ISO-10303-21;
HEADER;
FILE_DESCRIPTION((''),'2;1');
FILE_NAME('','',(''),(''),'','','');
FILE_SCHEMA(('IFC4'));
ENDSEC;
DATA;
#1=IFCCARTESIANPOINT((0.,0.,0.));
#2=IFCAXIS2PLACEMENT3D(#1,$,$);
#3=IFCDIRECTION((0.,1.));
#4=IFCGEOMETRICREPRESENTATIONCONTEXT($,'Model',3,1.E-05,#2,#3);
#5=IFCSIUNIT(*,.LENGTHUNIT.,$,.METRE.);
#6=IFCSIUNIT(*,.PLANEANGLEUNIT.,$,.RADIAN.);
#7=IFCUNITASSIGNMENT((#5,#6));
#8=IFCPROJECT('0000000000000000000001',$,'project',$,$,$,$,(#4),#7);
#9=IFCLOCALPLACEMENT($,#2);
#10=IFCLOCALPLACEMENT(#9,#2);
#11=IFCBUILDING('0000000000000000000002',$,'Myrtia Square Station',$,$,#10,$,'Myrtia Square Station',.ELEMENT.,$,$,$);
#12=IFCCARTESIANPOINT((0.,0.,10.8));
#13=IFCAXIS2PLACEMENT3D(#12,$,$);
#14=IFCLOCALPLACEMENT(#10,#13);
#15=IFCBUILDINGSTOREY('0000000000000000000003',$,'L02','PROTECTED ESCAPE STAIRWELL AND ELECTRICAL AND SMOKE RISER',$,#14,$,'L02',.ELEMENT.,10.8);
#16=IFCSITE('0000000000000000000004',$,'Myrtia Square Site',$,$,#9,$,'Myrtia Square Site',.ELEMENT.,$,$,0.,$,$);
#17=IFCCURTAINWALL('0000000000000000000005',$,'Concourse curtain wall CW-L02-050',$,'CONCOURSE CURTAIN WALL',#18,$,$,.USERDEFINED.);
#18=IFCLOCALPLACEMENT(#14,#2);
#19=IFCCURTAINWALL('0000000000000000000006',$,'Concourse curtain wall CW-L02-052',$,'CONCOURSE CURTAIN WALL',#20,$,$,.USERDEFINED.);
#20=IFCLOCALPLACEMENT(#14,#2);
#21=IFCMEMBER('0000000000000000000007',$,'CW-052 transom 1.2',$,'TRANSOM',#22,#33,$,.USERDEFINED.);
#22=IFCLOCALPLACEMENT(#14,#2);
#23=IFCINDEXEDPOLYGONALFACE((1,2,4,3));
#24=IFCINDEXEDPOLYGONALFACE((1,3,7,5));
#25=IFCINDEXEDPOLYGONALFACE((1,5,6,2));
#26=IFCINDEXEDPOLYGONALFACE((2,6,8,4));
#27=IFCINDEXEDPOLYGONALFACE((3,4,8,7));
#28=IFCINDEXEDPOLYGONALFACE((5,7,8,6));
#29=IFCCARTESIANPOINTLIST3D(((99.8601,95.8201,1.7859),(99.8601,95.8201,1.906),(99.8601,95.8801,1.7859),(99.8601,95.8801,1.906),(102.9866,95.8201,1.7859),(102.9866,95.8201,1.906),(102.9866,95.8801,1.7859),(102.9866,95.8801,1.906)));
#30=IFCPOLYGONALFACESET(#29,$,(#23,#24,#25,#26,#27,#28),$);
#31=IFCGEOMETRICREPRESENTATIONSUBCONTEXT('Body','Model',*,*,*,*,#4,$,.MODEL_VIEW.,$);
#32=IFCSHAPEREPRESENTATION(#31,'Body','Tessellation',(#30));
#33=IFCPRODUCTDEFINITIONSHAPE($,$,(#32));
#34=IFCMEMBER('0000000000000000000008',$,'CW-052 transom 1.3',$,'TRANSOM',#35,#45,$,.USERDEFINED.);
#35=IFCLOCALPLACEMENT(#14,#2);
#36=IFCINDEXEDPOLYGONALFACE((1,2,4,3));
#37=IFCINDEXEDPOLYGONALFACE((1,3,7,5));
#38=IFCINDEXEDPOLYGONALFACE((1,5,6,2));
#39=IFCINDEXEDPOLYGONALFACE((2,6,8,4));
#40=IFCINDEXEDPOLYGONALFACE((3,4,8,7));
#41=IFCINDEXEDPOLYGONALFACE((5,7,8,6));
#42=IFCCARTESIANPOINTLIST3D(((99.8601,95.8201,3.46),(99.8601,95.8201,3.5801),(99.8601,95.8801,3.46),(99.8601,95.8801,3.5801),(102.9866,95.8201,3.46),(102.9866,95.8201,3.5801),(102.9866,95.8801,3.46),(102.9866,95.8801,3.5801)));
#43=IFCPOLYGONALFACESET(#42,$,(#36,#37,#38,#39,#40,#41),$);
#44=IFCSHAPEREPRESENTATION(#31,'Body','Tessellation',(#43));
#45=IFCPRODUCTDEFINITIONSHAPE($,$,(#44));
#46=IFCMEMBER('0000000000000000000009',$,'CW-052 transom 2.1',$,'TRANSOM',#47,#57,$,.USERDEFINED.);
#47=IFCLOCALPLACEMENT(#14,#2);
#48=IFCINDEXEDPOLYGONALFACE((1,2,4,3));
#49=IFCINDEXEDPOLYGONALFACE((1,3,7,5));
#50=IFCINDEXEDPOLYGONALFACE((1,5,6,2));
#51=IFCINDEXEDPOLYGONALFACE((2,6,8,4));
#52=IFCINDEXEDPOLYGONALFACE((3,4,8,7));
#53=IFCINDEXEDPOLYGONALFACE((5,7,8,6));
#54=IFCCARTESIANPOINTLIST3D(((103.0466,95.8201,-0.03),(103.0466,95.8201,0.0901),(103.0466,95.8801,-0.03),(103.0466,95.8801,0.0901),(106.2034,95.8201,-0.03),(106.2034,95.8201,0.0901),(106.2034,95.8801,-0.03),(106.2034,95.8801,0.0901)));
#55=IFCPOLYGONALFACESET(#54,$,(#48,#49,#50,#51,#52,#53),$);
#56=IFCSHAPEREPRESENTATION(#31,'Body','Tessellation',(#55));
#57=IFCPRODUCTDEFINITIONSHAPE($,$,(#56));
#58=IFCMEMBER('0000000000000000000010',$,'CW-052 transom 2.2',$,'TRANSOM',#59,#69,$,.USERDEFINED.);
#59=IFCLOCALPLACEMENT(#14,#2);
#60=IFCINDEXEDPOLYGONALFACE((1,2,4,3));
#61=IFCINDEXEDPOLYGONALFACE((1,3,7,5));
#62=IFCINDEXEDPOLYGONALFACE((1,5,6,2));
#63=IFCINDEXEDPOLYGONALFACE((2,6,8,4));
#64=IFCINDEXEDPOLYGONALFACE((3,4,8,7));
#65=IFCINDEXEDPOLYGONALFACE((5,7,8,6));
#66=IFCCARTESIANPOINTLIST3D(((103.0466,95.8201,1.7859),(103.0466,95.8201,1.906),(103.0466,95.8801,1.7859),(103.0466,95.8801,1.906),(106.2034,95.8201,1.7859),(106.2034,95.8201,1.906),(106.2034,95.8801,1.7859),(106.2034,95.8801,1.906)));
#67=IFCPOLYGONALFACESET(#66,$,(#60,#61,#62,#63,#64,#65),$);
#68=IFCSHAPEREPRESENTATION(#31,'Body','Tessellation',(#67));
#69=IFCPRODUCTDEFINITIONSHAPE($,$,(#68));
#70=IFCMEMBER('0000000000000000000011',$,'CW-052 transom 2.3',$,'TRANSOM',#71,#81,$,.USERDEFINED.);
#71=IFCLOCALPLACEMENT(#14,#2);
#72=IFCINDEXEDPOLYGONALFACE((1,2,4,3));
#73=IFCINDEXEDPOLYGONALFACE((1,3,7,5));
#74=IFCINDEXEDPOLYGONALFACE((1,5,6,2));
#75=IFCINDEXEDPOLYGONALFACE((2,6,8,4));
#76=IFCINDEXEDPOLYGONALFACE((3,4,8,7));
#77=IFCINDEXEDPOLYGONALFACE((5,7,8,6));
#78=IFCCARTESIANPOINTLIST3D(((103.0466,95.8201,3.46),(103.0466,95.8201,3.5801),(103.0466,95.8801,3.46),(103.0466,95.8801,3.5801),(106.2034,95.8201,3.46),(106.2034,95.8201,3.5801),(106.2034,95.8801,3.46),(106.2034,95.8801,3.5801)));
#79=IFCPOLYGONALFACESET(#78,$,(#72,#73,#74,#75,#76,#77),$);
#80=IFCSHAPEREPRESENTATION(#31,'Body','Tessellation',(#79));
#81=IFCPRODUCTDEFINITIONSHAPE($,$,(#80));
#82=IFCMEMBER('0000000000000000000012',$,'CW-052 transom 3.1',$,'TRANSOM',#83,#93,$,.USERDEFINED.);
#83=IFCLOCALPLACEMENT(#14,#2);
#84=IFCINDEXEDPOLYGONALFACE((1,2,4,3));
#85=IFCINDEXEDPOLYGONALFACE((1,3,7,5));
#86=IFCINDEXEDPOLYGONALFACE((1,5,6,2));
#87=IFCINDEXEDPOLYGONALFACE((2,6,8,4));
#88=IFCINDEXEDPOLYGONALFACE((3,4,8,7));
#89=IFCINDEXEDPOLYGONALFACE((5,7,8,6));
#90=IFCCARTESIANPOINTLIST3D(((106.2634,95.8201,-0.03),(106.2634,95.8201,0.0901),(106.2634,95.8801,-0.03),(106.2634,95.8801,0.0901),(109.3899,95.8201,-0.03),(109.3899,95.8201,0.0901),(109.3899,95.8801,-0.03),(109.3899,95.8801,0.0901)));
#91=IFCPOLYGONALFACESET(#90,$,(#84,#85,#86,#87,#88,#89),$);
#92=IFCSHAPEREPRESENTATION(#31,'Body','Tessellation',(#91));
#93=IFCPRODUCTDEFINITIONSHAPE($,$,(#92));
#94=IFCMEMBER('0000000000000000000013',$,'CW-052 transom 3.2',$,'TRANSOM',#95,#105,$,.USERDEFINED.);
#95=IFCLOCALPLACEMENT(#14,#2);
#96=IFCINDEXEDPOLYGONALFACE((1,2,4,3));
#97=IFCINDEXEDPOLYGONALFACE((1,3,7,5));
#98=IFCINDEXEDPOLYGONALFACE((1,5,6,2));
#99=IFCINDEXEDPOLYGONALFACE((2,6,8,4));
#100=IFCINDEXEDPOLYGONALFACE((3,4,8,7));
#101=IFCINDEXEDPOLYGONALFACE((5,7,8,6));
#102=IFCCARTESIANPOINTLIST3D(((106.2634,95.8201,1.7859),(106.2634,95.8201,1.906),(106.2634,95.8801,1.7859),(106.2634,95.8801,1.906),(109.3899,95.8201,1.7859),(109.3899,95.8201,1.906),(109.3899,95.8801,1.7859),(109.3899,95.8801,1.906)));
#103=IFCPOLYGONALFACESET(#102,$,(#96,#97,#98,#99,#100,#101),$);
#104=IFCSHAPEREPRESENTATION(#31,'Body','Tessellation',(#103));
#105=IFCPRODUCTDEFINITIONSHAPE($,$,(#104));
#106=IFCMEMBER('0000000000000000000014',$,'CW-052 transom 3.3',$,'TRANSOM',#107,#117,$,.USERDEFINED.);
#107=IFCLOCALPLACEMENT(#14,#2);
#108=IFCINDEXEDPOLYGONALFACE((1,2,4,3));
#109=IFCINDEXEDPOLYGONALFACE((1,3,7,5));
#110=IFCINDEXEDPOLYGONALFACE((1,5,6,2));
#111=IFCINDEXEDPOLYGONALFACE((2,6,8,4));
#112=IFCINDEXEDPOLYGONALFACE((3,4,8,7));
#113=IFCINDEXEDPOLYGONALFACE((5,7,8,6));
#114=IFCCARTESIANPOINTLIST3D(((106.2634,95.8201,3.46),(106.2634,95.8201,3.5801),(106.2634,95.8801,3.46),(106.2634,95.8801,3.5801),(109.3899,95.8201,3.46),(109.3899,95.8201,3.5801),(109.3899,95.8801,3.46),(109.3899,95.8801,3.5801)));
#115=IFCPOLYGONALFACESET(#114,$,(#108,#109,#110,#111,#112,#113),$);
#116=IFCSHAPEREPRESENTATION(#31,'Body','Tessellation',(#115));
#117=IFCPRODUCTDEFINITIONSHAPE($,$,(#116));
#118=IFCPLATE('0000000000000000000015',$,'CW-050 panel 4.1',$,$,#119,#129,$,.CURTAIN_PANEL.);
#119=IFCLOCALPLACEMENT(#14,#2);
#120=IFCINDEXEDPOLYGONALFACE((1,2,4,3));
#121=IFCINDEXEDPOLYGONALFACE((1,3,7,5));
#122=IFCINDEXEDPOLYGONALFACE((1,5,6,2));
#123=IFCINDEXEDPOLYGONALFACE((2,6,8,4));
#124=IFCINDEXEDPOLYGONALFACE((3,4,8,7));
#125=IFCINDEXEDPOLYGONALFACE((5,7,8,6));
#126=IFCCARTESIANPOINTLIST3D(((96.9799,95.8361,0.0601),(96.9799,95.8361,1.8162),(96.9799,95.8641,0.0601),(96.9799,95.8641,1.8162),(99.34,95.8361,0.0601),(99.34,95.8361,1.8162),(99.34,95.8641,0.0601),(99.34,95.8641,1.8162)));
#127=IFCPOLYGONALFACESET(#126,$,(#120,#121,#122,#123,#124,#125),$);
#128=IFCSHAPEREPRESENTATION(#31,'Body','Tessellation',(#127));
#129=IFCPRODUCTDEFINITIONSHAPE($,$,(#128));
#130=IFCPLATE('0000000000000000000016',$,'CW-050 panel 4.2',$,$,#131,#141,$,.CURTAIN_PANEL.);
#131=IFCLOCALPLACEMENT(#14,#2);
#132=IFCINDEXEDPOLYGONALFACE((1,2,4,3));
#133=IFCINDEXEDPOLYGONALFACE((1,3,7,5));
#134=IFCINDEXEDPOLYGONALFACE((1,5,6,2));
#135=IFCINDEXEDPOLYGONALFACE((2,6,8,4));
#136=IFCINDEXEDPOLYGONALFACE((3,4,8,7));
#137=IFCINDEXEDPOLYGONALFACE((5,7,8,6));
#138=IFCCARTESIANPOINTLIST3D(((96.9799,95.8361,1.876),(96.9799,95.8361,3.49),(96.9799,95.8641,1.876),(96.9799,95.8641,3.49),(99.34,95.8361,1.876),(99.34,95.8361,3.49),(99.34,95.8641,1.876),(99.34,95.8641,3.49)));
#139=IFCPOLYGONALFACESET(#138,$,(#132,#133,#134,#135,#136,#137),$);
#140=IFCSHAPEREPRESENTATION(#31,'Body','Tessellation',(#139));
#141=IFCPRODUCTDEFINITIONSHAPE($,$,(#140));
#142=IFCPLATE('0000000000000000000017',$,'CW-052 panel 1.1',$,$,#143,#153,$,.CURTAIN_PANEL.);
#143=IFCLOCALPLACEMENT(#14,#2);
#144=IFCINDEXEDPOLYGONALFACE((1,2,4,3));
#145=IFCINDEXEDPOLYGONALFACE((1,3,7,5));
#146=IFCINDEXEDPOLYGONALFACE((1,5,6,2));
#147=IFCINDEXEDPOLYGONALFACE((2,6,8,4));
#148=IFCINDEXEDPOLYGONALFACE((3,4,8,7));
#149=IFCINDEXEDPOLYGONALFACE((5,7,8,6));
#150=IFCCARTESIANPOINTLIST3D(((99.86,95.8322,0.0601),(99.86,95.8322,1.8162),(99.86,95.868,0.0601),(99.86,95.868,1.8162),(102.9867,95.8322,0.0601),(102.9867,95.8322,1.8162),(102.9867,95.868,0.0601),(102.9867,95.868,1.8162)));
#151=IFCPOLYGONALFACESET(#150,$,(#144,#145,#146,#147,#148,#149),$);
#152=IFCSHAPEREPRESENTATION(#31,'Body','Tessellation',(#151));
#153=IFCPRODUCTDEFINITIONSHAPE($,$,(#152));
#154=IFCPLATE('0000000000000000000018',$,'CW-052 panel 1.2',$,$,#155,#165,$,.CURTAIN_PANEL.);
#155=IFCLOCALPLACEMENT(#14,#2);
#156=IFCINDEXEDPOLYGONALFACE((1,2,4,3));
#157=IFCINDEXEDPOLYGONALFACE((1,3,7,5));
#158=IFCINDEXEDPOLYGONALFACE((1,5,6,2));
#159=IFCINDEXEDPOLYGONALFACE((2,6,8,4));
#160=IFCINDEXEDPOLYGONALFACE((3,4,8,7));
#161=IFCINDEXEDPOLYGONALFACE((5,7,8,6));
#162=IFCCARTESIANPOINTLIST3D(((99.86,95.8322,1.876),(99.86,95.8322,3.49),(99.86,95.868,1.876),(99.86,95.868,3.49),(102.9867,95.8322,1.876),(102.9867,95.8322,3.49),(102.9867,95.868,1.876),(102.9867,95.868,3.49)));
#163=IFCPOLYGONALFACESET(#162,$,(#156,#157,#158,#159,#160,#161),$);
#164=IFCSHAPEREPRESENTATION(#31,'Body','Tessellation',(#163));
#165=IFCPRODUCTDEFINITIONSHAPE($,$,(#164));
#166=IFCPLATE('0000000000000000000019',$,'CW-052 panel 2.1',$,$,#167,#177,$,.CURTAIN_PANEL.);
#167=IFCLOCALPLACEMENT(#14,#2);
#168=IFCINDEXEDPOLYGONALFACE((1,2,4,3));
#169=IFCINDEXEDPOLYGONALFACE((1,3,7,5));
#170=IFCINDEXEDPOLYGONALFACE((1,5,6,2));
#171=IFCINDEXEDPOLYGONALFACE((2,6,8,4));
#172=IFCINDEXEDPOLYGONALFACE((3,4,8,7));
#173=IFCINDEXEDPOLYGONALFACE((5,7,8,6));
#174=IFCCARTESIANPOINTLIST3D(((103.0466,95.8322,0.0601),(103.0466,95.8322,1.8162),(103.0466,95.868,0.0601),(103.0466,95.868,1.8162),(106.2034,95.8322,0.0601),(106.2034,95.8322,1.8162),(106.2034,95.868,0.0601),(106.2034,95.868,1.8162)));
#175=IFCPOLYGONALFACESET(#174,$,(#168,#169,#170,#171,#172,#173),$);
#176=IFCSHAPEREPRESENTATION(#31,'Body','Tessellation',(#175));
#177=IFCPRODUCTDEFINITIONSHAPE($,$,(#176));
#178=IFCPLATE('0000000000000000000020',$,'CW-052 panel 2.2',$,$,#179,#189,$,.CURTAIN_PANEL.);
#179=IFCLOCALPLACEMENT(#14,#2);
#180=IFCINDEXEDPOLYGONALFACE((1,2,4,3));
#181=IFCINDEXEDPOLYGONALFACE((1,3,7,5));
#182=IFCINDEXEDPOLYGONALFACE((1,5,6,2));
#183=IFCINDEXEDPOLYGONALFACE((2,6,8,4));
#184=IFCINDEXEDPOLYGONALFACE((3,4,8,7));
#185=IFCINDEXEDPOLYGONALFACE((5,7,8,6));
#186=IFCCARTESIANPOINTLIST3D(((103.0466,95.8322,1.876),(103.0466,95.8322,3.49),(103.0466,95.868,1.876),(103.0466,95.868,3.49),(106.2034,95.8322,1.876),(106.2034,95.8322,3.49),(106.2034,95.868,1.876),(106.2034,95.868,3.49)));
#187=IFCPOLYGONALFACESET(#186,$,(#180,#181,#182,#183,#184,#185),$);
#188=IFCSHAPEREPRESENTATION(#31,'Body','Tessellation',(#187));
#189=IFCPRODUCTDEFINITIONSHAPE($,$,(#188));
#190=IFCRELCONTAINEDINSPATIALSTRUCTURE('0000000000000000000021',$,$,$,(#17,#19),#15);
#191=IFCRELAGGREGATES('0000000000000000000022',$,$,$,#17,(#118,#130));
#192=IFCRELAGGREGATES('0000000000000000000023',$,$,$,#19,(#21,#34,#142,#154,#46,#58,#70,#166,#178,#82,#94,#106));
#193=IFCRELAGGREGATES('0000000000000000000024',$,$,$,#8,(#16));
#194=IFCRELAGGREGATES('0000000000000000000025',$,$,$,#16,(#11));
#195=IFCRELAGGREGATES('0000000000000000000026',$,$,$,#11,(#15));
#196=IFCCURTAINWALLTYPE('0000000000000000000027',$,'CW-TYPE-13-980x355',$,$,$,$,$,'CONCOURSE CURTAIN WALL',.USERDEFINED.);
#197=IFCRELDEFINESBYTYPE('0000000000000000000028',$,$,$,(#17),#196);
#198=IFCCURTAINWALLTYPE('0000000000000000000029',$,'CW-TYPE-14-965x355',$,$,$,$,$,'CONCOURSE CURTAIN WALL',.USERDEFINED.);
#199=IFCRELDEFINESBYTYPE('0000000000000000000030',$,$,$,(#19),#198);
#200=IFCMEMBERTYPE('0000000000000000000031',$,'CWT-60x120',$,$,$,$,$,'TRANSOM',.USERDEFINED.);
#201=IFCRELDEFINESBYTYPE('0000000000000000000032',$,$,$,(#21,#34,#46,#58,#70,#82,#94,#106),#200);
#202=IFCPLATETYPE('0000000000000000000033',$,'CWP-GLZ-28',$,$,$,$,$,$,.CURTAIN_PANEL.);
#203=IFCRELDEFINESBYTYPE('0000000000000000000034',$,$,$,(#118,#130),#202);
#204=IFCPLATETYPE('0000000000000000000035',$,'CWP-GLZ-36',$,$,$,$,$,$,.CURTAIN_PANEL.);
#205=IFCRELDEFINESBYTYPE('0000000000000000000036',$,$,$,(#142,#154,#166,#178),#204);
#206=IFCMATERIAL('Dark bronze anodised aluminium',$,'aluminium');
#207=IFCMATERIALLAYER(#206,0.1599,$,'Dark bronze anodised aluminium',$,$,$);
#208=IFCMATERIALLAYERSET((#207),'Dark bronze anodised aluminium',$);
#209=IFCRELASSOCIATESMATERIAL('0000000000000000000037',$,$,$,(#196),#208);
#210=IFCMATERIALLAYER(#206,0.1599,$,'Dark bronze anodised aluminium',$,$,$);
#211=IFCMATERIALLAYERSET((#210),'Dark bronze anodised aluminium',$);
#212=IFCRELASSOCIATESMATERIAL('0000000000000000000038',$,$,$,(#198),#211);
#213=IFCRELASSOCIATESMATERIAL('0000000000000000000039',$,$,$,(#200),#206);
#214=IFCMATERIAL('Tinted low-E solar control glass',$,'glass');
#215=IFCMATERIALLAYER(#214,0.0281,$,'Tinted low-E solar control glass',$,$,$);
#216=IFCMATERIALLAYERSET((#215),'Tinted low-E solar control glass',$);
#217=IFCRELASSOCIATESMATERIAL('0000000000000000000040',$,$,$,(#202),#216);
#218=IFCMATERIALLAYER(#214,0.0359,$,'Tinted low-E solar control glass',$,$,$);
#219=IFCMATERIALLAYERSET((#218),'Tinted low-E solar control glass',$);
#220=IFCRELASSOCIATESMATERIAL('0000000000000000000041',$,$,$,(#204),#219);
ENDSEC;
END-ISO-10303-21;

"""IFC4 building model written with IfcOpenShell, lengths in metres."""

from ifc_helpers import new_model, si_unit, direction, frame, origin, origin_2d, place, context, subcontext, project, spatial, rectangle, extrude, material, layer, layer_set, material_profile, profile_set, type_object, element, aggregate, save


model = new_model("IFC4")

# Units and contexts
model_context = context("Model", 3, precision=1e-05, world=origin(), true_north=direction((0.0, 1.0)))
body_context = subcontext(model_context, "Body", "Model", "MODEL_VIEW")
ifc_project = project(units=[si_unit("LENGTHUNIT", "METRE"), si_unit("PLANEANGLEUNIT", "RADIAN")], contexts=[model_context])

# Site, building, storey
site_placement = place(None, origin())
site = spatial("IfcSite", under=ifc_project, at=site_placement, Name="Myrtia Square Site", LongName="Myrtia Square Site", CompositionType="ELEMENT", RefElevation=0.0)
building_placement = place(site_placement, origin())
building = spatial("IfcBuilding", under=site, at=building_placement, Name="Myrtia Square Station", LongName="Myrtia Square Station", CompositionType="ELEMENT")
storey_placement = place(building_placement, frame((0.0, 0.0, 10.8)))
storey = spatial("IfcBuildingStorey", under=building, at=storey_placement, Name="L02", Description="PROTECTED ESCAPE STAIRWELL AND ELECTRICAL AND SMOKE RISER", LongName="L02", CompositionType="ELEMENT", Elevation=10.8)

# Curtain wall
ifc_material_1 = material(Name="Dark bronze anodised aluminium", Category="aluminium")
ifc_layer_1 = layer(ifc_material_1, 0.1599, Name="Dark bronze anodised aluminium")
ifc_layer_set_1 = layer_set([ifc_layer_1], Name="Dark bronze anodised aluminium")
curtain_wall_type_1 = type_object("IfcCurtainWallType", Name="CW-TYPE-13-980x355", ElementType="CONCOURSE CURTAIN WALL", PredefinedType="USERDEFINED", material=ifc_layer_set_1)
curtain_wall_1_placement = place(storey_placement, origin())
curtain_wall_1 = element("IfcCurtainWall", 1, at=curtain_wall_1_placement, inside=storey, type_object=curtain_wall_type_1, Name="Concourse curtain wall CW-L02-050", ObjectType="CONCOURSE CURTAIN WALL", PredefinedType="USERDEFINED")

# Curtain wall
ifc_layer_2 = layer(ifc_material_1, 0.1599, Name="Dark bronze anodised aluminium")
ifc_layer_set_2 = layer_set([ifc_layer_2], Name="Dark bronze anodised aluminium")
curtain_wall_type_2 = type_object("IfcCurtainWallType", Name="CW-TYPE-14-965x355", ElementType="CONCOURSE CURTAIN WALL", PredefinedType="USERDEFINED", material=ifc_layer_set_2)
curtain_wall_2_placement = place(storey_placement, origin())
curtain_wall_2 = element("IfcCurtainWall", 2, at=curtain_wall_2_placement, inside=storey, type_object=curtain_wall_type_2, Name="Concourse curtain wall CW-L02-052", ObjectType="CONCOURSE CURTAIN WALL", PredefinedType="USERDEFINED")

# Members
ifc_material_profile_1 = material_profile(ifc_material_1, rectangle(XDim=0.0601, YDim=0.1201, at=origin_2d()), Name="ALU-T 60x120")
ifc_profile_set_1 = profile_set([ifc_material_profile_1], Name="Dark bronze anodised aluminium")
member_type_1 = type_object("IfcMemberType", Name="CWT-60x120", ElementType="TRANSOM", PredefinedType="USERDEFINED", material=ifc_profile_set_1)
member_1_placement = place(storey_placement, frame((99.8601, 95.8501, 1.8459), z_axis=(1.0, 0.0, 0.0), x_axis=(0.0, 1.0, 0.0)))
member_1 = element("IfcMember", 3, at=member_1_placement, type_object=member_type_1, Name="CW-052 transom 1.2", ObjectType="TRANSOM", PredefinedType="USERDEFINED", context=body_context, shape_type="SweptSolid", body=[
    extrude(rectangle(XDim=0.0601, YDim=0.1201, at=origin_2d()), origin(), (0.0, 0.0, 1.0), 3.1265),
])
member_2_placement = place(storey_placement, frame((99.8601, 95.8501, 3.52), z_axis=(1.0, 0.0, 0.0), x_axis=(0.0, 1.0, 0.0)))
member_2 = element("IfcMember", 4, at=member_2_placement, type_object=member_type_1, Name="CW-052 transom 1.3", ObjectType="TRANSOM", PredefinedType="USERDEFINED", context=body_context, shape_type="SweptSolid", body=[
    extrude(rectangle(XDim=0.0601, YDim=0.1201, at=origin_2d()), origin(), (0.0, 0.0, 1.0), 3.1265),
])
member_3_placement = place(storey_placement, frame((103.0466, 95.8501, 0.03), z_axis=(1.0, 0.0, 0.0), x_axis=(0.0, 1.0, 0.0)))
member_3 = element("IfcMember", 5, at=member_3_placement, type_object=member_type_1, Name="CW-052 transom 2.1", ObjectType="TRANSOM", PredefinedType="USERDEFINED", context=body_context, shape_type="SweptSolid", body=[
    extrude(rectangle(XDim=0.0601, YDim=0.1201, at=origin_2d()), origin(), (0.0, 0.0, 1.0), 3.1567),
])
member_4_placement = place(storey_placement, frame((103.0466, 95.8501, 1.8459), z_axis=(1.0, 0.0, 0.0), x_axis=(0.0, 1.0, 0.0)))
member_4 = element("IfcMember", 6, at=member_4_placement, type_object=member_type_1, Name="CW-052 transom 2.2", ObjectType="TRANSOM", PredefinedType="USERDEFINED", context=body_context, shape_type="SweptSolid", body=[
    extrude(rectangle(XDim=0.0601, YDim=0.1201, at=origin_2d()), origin(), (0.0, 0.0, 1.0), 3.1567),
])
member_5_placement = place(storey_placement, frame((103.0466, 95.8501, 3.52), z_axis=(1.0, 0.0, 0.0), x_axis=(0.0, 1.0, 0.0)))
member_5 = element("IfcMember", 7, at=member_5_placement, type_object=member_type_1, Name="CW-052 transom 2.3", ObjectType="TRANSOM", PredefinedType="USERDEFINED", context=body_context, shape_type="SweptSolid", body=[
    extrude(rectangle(XDim=0.0601, YDim=0.1201, at=origin_2d()), origin(), (0.0, 0.0, 1.0), 3.1567),
])
member_6_placement = place(storey_placement, frame((106.2634, 95.8501, 0.03), z_axis=(1.0, 0.0, 0.0), x_axis=(0.0, 1.0, 0.0)))
member_6 = element("IfcMember", 8, at=member_6_placement, type_object=member_type_1, Name="CW-052 transom 3.1", ObjectType="TRANSOM", PredefinedType="USERDEFINED", context=body_context, shape_type="SweptSolid", body=[
    extrude(rectangle(XDim=0.0601, YDim=0.1201, at=origin_2d()), origin(), (0.0, 0.0, 1.0), 3.1265),
])
member_7_placement = place(storey_placement, frame((106.2634, 95.8501, 1.8459), z_axis=(1.0, 0.0, 0.0), x_axis=(0.0, 1.0, 0.0)))
member_7 = element("IfcMember", 9, at=member_7_placement, type_object=member_type_1, Name="CW-052 transom 3.2", ObjectType="TRANSOM", PredefinedType="USERDEFINED", context=body_context, shape_type="SweptSolid", body=[
    extrude(rectangle(XDim=0.0601, YDim=0.1201, at=origin_2d()), origin(), (0.0, 0.0, 1.0), 3.1265),
])
member_8_placement = place(storey_placement, frame((106.2634, 95.8501, 3.52), z_axis=(1.0, 0.0, 0.0), x_axis=(0.0, 1.0, 0.0)))
member_8 = element("IfcMember", 10, at=member_8_placement, type_object=member_type_1, Name="CW-052 transom 3.3", ObjectType="TRANSOM", PredefinedType="USERDEFINED", context=body_context, shape_type="SweptSolid", body=[
    extrude(rectangle(XDim=0.0601, YDim=0.1201, at=origin_2d()), origin(), (0.0, 0.0, 1.0), 3.1265),
])

# Plates
ifc_material_2 = material(Name="Tinted low-E solar control glass", Category="glass")
ifc_layer_3 = layer(ifc_material_2, 0.0281, Name="Tinted low-E solar control glass")
ifc_layer_set_3 = layer_set([ifc_layer_3], Name="Tinted low-E solar control glass")
plate_type_1 = type_object("IfcPlateType", Name="CWP-GLZ-28", PredefinedType="CURTAIN_PANEL", material=ifc_layer_set_3)
plate_1_placement = place(storey_placement, frame((98.1599, 95.8501, 0.0601), z_axis=(0.0, 0.0, 1.0), x_axis=(1.0, 0.0, 0.0)))
plate_1 = element("IfcPlate", 11, at=plate_1_placement, type_object=plate_type_1, Name="CW-050 panel 4.1", PredefinedType="CURTAIN_PANEL", context=body_context, shape_type="SweptSolid", body=[
    extrude(rectangle(XDim=2.3601, YDim=0.0281, at=origin_2d()), origin(), (0.0, 0.0, 1.0), 1.7561),
])
plate_2_placement = place(storey_placement, frame((98.1599, 95.8501, 1.876), z_axis=(0.0, 0.0, 1.0), x_axis=(1.0, 0.0, 0.0)))
plate_2 = element("IfcPlate", 12, at=plate_2_placement, type_object=plate_type_1, Name="CW-050 panel 4.2", PredefinedType="CURTAIN_PANEL", context=body_context, shape_type="SweptSolid", body=[
    extrude(rectangle(XDim=2.3601, YDim=0.0281, at=origin_2d()), origin(), (0.0, 0.0, 1.0), 1.614),
])
aggregate(curtain_wall_1, [plate_1, plate_2])
ifc_layer_4 = layer(ifc_material_2, 0.0359, Name="Tinted low-E solar control glass")
ifc_layer_set_4 = layer_set([ifc_layer_4], Name="Tinted low-E solar control glass")
plate_type_2 = type_object("IfcPlateType", Name="CWP-GLZ-36", PredefinedType="CURTAIN_PANEL", material=ifc_layer_set_4)
plate_3_placement = place(storey_placement, frame((101.4233, 95.8501, 0.0601), z_axis=(0.0, 0.0, 1.0), x_axis=(1.0, 0.0, 0.0)))
plate_3 = element("IfcPlate", 13, at=plate_3_placement, type_object=plate_type_2, Name="CW-052 panel 1.1", PredefinedType="CURTAIN_PANEL", context=body_context, shape_type="SweptSolid", body=[
    extrude(rectangle(XDim=3.1267, YDim=0.0359, at=origin_2d()), origin(), (0.0, 0.0, 1.0), 1.7561),
])
plate_4_placement = place(storey_placement, frame((101.4233, 95.8501, 1.876), z_axis=(0.0, 0.0, 1.0), x_axis=(1.0, 0.0, 0.0)))
plate_4 = element("IfcPlate", 14, at=plate_4_placement, type_object=plate_type_2, Name="CW-052 panel 1.2", PredefinedType="CURTAIN_PANEL", context=body_context, shape_type="SweptSolid", body=[
    extrude(rectangle(XDim=3.1267, YDim=0.0359, at=origin_2d()), origin(), (0.0, 0.0, 1.0), 1.614),
])
plate_5_placement = place(storey_placement, frame((104.625, 95.8501, 0.0601), z_axis=(0.0, 0.0, 1.0), x_axis=(1.0, 0.0, 0.0)))
plate_5 = element("IfcPlate", 15, at=plate_5_placement, type_object=plate_type_2, Name="CW-052 panel 2.1", PredefinedType="CURTAIN_PANEL", context=body_context, shape_type="SweptSolid", body=[
    extrude(rectangle(XDim=3.1567, YDim=0.0359, at=origin_2d()), origin(), (0.0, 0.0, 1.0), 1.7561),
])
plate_6_placement = place(storey_placement, frame((104.625, 95.8501, 1.876), z_axis=(0.0, 0.0, 1.0), x_axis=(1.0, 0.0, 0.0)))
plate_6 = element("IfcPlate", 16, at=plate_6_placement, type_object=plate_type_2, Name="CW-052 panel 2.2", PredefinedType="CURTAIN_PANEL", context=body_context, shape_type="SweptSolid", body=[
    extrude(rectangle(XDim=3.1567, YDim=0.0359, at=origin_2d()), origin(), (0.0, 0.0, 1.0), 1.614),
])
aggregate(curtain_wall_2, [member_1, member_2, plate_3, plate_4, member_3, member_4, member_5, plate_5, plate_6, member_6, member_7, member_8])

save(model, "model.ifc")
